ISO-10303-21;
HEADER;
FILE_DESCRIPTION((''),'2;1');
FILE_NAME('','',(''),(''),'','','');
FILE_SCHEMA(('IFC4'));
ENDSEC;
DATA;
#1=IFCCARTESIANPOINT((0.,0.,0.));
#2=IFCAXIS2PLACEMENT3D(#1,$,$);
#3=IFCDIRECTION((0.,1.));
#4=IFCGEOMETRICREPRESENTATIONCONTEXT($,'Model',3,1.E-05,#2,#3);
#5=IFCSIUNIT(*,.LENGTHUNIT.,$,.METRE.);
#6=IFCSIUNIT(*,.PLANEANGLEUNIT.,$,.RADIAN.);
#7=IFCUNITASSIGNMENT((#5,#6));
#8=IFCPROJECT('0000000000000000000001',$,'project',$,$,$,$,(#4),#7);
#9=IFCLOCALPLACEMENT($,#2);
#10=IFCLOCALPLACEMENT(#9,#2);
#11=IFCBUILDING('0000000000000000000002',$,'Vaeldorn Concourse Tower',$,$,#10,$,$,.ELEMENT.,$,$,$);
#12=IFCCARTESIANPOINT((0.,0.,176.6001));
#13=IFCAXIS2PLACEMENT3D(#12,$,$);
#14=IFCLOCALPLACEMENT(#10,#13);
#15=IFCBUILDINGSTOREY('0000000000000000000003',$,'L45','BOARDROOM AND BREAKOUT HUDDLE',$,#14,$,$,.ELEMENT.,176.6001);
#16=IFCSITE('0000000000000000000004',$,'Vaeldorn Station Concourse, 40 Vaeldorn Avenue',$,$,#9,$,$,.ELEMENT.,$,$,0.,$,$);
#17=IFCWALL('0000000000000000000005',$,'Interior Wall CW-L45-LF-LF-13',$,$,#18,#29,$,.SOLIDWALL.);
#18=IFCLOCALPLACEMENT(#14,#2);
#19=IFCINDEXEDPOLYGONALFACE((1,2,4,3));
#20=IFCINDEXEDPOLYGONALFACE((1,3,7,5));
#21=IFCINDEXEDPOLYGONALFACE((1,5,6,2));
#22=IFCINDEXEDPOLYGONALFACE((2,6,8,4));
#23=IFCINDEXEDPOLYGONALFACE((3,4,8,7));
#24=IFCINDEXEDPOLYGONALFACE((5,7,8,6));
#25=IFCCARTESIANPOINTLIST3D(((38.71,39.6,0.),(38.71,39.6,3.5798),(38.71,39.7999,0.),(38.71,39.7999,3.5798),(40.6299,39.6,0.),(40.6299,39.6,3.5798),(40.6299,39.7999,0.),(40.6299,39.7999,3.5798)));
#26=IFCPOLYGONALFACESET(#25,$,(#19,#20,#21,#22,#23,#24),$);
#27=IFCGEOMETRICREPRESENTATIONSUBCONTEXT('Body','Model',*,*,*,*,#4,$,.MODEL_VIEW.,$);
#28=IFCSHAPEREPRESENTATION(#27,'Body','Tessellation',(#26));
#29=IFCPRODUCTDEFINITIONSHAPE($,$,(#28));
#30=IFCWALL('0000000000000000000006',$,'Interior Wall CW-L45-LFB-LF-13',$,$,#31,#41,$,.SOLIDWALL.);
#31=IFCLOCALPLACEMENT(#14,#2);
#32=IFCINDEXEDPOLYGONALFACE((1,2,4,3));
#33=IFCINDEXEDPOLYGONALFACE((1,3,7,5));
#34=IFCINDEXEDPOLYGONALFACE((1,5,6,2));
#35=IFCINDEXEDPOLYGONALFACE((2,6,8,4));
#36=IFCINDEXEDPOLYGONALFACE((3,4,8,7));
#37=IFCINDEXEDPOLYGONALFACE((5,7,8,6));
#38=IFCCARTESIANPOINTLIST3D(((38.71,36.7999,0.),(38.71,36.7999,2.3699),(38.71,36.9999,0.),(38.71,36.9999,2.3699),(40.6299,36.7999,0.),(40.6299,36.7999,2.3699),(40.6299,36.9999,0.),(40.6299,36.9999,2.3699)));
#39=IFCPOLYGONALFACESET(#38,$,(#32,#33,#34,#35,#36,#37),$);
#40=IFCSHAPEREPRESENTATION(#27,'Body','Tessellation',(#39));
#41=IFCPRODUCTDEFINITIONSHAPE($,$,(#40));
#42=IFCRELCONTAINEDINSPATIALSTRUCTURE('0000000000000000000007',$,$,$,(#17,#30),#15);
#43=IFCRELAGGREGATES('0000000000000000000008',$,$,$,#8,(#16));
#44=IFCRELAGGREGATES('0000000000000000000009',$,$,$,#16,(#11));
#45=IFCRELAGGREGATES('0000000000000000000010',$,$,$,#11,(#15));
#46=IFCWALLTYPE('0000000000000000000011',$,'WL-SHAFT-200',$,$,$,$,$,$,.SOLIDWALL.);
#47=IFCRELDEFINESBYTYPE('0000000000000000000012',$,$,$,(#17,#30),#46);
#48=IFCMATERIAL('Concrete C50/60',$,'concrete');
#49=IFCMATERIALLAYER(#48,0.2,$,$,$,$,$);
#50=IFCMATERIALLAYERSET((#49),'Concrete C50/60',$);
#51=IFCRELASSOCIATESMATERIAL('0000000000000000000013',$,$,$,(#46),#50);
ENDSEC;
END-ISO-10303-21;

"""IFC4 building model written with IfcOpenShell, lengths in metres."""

from ifc_helpers import new_model, si_unit, direction, frame, frame_2d, origin, place, context, subcontext, project, spatial, rectangle, extrude, material, layer, layer_set, type_object, element, save


model = new_model("IFC4")

# Units and contexts
model_context = context("Model", 3, precision=1e-05, world=origin(), true_north=direction((0.0, 1.0)))
body_context = subcontext(model_context, "Body", "Model", "MODEL_VIEW")
ifc_project = project(units=[si_unit("LENGTHUNIT", "METRE"), si_unit("PLANEANGLEUNIT", "RADIAN")], contexts=[model_context])

# Site, building, storey
site_placement = place(None, origin())
site = spatial("IfcSite", under=ifc_project, at=site_placement, Name="Vaeldorn Station Concourse, 40 Vaeldorn Avenue", CompositionType="ELEMENT", RefElevation=0.0)
building_placement = place(site_placement, origin())
building = spatial("IfcBuilding", under=site, at=building_placement, Name="Vaeldorn Concourse Tower", CompositionType="ELEMENT")
storey_placement = place(building_placement, frame((0.0, 0.0, 176.6001)))
storey = spatial("IfcBuildingStorey", under=building, at=storey_placement, Name="L45", Description="BOARDROOM AND BREAKOUT HUDDLE", CompositionType="ELEMENT", Elevation=176.6001)

# Shared definitions
ifc_material_1 = material(Name="Concrete C50/60", Category="concrete")

# Shared definitions
ifc_layer_1 = layer(ifc_material_1, 0.2)
ifc_layer_set_1 = layer_set([ifc_layer_1], Name="Concrete C50/60")
wall_type_1 = type_object("IfcWallType", Name="WL-SHAFT-200", PredefinedType="SOLIDWALL", material=ifc_layer_set_1)

# Walls
wall_1_placement = place(storey_placement, frame((38.71, 39.7, 0.0), z_axis=(0.0, 0.0, 1.0), x_axis=(1.0, 0.0, 0.0)))
element("IfcWall", 1, at=wall_1_placement, inside=storey, type_object=wall_type_1, Name="Interior Wall CW-L45-LF-LF-13", PredefinedType="SOLIDWALL", context=body_context, shape_type="SweptSolid", body=[
    extrude(rectangle(XDim=1.9199, YDim=0.2, at=frame_2d((0.96, 0.0))), origin(), (0.0, 0.0, 1.0), 3.5798),
])
wall_2_placement = place(storey_placement, frame((38.71, 36.8999, 0.0), z_axis=(0.0, 0.0, 1.0), x_axis=(1.0, 0.0, 0.0)))
element("IfcWall", 2, at=wall_2_placement, inside=storey, type_object=wall_type_1, Name="Interior Wall CW-L45-LFB-LF-13", PredefinedType="SOLIDWALL", context=body_context, shape_type="SweptSolid", body=[
    extrude(rectangle(XDim=1.9199, YDim=0.2, at=frame_2d((0.96, 0.0))), origin(), (0.0, 0.0, 1.0), 2.3699),
])

save(model, "model.ifc")
